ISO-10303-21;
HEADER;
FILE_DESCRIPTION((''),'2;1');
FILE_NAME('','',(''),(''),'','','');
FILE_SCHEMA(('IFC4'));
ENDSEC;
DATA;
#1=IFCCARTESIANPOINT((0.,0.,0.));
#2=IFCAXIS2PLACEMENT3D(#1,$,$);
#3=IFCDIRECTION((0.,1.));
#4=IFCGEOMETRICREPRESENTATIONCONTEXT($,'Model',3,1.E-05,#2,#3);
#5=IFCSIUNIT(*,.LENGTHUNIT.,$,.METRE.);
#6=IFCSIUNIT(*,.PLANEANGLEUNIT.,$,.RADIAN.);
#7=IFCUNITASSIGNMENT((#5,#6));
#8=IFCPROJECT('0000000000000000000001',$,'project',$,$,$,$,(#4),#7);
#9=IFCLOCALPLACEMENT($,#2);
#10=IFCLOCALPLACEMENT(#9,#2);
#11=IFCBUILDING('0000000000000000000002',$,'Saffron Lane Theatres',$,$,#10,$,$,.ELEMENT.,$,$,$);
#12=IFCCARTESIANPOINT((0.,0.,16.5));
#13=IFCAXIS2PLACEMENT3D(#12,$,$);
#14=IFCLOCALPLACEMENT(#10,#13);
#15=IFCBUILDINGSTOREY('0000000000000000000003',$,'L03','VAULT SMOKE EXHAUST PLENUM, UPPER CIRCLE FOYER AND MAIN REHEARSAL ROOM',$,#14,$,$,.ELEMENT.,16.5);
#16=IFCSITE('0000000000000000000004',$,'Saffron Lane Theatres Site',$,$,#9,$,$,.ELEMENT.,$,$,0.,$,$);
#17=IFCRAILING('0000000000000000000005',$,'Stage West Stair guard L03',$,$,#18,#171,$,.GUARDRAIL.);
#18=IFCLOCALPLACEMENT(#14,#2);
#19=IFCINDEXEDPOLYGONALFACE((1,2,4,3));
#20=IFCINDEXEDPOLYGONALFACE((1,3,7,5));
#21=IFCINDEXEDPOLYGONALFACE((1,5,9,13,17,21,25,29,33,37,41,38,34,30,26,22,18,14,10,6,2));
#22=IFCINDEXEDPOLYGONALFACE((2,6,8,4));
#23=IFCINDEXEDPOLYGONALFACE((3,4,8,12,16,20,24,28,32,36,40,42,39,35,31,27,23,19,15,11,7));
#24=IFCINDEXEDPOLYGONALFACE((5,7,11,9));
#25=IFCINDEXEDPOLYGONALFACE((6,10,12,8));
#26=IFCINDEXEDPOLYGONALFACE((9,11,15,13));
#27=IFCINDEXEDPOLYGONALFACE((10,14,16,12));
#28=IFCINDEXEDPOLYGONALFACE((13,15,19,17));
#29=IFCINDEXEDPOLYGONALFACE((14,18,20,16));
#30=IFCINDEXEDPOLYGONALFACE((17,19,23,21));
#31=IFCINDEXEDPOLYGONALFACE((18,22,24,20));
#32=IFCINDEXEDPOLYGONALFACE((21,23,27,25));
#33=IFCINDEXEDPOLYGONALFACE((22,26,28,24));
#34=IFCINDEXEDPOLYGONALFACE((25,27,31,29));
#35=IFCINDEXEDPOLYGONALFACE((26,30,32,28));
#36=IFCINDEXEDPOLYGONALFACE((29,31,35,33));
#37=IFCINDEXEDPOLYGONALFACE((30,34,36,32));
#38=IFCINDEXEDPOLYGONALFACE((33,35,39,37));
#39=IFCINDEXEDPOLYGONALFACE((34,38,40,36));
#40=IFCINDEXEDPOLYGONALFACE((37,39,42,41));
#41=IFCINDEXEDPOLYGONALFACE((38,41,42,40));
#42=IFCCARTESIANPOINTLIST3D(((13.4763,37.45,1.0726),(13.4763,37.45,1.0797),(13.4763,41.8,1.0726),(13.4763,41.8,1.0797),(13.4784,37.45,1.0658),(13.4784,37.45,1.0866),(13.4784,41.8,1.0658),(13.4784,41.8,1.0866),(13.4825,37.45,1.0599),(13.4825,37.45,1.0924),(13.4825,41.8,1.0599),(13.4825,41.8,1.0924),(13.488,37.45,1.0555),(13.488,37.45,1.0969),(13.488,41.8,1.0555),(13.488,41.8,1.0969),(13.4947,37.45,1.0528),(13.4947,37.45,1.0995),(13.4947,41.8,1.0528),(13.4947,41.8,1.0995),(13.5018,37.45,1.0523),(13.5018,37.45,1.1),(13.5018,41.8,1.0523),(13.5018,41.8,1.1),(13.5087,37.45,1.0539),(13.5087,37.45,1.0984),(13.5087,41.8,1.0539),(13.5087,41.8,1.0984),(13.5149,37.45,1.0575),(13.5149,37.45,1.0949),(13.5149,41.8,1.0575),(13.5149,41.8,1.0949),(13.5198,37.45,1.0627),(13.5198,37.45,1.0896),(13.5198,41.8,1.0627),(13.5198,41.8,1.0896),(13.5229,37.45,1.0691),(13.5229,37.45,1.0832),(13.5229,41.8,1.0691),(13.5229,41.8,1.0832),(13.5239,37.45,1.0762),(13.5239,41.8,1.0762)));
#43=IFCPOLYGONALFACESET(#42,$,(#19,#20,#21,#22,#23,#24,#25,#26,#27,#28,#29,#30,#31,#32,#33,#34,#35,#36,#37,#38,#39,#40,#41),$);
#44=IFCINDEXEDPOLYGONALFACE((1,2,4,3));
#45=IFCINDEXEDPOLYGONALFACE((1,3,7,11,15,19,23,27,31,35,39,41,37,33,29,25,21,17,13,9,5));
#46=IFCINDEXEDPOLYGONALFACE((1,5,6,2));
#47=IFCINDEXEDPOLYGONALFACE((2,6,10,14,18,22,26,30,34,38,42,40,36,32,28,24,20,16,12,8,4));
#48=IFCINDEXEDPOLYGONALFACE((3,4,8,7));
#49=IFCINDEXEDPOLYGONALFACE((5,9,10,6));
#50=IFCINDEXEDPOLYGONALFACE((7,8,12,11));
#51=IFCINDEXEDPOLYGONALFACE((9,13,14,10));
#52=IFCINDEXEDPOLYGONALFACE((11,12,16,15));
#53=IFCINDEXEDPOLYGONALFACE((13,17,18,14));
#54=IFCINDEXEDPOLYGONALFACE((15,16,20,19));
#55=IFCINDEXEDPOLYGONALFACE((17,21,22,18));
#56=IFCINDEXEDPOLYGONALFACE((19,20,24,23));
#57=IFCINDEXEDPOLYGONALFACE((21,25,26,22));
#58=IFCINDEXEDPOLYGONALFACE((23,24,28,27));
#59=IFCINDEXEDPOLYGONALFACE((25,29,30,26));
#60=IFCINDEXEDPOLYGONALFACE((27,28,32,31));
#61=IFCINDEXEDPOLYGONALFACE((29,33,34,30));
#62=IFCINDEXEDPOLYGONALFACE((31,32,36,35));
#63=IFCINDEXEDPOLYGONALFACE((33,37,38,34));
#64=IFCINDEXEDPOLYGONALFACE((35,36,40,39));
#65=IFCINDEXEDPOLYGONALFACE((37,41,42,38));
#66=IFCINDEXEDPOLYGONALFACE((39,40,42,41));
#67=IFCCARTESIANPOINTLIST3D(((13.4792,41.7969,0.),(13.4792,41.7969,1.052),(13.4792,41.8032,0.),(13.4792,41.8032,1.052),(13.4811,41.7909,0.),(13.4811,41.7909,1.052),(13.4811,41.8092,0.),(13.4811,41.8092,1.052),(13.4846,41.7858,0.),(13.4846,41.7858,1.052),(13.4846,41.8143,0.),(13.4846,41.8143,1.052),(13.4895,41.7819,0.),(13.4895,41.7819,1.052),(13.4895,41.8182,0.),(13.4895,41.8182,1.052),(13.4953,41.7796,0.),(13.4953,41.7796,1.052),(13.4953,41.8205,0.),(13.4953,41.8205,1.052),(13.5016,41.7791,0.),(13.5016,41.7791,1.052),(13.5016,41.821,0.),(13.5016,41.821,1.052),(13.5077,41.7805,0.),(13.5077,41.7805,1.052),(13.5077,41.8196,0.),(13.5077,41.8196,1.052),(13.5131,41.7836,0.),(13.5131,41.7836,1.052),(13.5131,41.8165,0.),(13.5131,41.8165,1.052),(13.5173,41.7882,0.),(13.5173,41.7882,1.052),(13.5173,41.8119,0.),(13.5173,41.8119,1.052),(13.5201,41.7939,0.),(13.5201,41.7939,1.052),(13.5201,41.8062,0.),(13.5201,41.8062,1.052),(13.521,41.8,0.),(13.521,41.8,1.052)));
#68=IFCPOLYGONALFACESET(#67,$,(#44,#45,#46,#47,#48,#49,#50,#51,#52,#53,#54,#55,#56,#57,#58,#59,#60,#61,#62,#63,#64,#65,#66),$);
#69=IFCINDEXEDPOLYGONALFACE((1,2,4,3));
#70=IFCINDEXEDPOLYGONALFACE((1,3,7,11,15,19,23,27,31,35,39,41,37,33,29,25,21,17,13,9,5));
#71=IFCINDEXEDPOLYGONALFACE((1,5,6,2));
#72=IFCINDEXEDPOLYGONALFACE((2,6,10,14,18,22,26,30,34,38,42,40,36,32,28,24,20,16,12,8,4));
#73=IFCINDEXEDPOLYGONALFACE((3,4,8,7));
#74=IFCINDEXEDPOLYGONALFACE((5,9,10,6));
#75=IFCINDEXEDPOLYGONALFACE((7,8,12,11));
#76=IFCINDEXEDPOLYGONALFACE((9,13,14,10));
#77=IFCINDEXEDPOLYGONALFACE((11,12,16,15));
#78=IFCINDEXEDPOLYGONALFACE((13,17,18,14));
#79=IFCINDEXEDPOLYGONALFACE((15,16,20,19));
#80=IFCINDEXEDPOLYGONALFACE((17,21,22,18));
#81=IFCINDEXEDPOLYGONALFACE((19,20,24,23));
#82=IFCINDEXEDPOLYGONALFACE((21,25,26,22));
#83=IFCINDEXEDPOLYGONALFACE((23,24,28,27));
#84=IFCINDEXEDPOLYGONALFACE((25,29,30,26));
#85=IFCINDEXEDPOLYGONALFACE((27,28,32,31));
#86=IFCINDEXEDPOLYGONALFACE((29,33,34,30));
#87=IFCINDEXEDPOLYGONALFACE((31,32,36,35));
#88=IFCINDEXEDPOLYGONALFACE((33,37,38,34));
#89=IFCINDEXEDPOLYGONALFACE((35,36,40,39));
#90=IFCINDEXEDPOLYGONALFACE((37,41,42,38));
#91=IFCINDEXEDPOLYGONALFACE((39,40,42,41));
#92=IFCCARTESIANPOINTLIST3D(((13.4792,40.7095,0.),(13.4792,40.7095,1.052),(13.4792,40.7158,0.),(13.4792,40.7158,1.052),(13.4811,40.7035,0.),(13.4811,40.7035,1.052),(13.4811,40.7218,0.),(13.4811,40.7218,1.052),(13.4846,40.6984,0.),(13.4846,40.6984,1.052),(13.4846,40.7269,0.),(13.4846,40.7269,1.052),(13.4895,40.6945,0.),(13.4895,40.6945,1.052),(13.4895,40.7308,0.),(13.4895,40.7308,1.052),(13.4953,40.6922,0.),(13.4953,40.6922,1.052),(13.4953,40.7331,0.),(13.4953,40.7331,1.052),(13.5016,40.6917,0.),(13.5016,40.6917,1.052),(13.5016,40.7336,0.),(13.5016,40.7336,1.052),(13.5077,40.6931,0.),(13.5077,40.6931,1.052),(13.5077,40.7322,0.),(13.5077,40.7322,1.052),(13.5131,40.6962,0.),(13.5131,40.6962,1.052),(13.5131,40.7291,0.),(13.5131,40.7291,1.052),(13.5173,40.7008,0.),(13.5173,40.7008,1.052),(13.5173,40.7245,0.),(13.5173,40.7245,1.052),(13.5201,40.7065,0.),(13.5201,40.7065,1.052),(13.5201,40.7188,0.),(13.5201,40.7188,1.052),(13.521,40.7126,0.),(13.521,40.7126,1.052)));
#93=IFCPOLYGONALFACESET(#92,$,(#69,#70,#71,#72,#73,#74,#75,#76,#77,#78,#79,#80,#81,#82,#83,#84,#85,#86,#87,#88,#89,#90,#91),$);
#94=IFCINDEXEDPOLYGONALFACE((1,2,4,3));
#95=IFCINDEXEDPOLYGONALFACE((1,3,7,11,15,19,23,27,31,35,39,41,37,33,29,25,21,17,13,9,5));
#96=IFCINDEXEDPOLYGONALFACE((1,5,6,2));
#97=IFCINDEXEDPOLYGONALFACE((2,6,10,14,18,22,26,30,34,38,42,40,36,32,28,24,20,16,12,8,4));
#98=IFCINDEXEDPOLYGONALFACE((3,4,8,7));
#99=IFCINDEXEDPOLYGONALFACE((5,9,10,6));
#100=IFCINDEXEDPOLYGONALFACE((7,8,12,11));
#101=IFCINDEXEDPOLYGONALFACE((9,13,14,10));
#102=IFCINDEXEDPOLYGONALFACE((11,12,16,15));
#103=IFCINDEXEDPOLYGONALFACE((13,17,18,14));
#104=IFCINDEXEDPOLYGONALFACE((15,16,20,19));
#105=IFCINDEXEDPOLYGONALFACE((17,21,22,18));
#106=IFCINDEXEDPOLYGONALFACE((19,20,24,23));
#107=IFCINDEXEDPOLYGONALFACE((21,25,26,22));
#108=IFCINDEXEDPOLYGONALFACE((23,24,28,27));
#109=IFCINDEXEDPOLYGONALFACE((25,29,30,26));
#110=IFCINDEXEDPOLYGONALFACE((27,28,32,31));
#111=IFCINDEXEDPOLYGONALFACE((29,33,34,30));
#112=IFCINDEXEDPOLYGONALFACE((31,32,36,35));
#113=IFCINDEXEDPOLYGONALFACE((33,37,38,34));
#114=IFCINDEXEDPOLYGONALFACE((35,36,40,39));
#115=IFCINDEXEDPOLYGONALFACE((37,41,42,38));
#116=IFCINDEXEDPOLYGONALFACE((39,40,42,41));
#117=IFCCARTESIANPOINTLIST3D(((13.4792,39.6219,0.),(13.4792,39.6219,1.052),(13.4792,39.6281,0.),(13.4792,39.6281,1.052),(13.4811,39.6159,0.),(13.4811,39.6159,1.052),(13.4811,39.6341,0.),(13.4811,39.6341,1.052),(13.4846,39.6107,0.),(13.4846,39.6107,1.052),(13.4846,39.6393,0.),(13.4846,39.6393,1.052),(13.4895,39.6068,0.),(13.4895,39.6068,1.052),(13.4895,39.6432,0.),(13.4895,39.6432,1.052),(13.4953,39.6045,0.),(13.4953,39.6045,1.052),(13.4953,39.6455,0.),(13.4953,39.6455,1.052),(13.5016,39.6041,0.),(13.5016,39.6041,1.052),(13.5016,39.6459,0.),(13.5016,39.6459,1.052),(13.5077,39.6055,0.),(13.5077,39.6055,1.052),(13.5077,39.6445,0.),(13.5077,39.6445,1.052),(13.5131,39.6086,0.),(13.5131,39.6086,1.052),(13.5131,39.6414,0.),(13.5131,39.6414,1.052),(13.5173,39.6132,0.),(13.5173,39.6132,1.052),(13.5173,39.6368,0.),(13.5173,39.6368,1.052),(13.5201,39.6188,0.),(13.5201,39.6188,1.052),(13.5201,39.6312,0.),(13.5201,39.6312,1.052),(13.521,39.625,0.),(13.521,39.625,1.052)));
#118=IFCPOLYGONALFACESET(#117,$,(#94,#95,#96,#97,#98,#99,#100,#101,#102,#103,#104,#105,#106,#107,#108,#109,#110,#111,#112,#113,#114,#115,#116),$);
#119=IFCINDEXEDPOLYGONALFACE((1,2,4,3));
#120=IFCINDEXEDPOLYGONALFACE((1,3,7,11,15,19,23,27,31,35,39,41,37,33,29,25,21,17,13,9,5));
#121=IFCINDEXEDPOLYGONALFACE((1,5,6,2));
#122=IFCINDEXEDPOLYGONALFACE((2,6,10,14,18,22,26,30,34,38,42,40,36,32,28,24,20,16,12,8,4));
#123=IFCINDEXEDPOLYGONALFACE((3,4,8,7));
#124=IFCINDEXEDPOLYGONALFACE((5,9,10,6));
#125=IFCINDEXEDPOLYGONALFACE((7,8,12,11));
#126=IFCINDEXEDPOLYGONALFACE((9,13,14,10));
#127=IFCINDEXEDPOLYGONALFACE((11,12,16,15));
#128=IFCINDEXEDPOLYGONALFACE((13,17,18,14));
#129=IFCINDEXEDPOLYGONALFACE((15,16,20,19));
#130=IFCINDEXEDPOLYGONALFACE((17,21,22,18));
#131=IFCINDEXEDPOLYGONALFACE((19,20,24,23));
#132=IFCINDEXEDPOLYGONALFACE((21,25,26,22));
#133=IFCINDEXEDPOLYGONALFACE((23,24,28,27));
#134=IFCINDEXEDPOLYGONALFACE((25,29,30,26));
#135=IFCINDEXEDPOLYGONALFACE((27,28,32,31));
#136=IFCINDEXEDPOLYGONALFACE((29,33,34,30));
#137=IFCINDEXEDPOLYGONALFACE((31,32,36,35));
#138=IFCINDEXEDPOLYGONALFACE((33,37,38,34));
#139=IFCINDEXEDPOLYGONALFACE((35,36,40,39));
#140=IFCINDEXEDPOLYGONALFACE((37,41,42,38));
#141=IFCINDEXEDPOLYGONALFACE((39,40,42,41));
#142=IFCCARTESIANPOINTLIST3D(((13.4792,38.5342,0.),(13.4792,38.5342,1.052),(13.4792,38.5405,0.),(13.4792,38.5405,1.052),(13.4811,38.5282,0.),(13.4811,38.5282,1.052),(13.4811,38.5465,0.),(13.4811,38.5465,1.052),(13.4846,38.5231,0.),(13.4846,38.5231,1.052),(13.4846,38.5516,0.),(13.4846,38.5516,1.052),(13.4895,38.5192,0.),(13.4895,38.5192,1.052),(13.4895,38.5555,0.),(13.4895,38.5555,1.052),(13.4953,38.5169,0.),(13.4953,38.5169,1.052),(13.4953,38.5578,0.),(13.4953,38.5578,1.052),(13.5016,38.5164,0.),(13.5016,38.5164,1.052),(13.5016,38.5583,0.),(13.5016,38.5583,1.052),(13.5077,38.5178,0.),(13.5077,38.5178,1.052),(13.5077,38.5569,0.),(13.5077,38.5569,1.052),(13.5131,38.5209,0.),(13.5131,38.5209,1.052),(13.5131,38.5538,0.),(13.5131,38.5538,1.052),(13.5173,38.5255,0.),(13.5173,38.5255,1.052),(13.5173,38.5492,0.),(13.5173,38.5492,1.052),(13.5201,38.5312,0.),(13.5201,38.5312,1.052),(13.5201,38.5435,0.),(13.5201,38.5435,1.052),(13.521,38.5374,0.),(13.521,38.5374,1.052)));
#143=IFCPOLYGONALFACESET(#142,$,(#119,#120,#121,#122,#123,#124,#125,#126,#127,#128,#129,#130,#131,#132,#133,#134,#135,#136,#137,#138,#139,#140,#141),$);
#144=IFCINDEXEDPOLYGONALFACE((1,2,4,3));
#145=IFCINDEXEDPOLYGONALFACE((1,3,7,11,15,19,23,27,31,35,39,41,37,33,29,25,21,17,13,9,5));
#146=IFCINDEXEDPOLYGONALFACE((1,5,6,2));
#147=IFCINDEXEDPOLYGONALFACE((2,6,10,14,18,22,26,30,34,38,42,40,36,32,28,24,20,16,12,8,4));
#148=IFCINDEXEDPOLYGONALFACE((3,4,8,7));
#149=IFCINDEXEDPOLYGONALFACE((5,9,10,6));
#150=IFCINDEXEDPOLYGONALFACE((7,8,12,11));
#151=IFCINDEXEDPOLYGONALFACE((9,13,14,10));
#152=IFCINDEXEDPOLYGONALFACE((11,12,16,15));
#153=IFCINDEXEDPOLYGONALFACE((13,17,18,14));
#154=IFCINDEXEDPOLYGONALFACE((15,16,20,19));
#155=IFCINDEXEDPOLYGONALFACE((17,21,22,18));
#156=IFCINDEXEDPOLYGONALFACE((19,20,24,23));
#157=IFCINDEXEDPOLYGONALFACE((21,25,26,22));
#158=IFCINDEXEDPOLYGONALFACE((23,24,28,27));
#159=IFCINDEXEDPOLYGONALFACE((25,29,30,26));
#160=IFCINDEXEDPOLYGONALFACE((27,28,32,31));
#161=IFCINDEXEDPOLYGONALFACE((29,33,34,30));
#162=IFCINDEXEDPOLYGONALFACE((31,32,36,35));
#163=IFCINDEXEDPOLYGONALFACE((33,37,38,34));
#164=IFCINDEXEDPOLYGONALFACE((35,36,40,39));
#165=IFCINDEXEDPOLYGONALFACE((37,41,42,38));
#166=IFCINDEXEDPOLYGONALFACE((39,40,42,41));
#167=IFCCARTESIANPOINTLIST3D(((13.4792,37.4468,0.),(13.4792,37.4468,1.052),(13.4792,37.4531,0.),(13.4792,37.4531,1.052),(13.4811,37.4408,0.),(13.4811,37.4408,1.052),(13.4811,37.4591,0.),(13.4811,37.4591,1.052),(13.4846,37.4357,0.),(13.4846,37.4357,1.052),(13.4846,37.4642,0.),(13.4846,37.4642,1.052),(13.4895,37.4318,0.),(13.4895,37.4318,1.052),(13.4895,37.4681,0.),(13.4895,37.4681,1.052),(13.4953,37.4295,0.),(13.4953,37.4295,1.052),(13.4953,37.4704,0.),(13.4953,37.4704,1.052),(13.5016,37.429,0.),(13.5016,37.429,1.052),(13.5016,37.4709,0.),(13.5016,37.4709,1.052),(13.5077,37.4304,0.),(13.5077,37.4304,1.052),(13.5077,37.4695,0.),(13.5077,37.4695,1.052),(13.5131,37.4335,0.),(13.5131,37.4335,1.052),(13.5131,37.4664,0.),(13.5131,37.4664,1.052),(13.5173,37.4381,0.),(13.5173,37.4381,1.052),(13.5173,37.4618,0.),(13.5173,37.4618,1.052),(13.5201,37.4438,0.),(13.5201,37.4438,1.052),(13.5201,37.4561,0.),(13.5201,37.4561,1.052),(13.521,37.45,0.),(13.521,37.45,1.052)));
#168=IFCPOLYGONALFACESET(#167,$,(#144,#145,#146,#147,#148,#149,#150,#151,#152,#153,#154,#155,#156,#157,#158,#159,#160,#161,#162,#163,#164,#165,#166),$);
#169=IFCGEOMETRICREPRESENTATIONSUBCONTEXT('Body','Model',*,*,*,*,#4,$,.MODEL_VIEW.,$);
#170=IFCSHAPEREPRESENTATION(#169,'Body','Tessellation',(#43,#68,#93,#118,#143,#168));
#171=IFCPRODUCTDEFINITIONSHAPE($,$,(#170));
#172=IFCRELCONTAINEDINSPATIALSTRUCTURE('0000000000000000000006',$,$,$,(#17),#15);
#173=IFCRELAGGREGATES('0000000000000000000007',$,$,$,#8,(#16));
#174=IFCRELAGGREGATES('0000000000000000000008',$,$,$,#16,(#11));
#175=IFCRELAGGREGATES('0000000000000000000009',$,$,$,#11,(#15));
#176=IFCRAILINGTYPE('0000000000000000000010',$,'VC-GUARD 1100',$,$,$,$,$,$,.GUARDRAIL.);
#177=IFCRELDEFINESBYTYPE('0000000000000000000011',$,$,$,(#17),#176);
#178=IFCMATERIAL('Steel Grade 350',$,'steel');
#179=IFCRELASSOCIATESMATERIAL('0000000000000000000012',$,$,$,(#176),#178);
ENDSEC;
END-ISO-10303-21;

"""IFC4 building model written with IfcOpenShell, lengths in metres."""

from ifc_helpers import new_model, si_unit, direction, frame, origin, origin_2d, place, context, subcontext, project, spatial, circle, extrude, material, type_object, element, save


model = new_model("IFC4")

# Units and contexts
model_context = context("Model", 3, precision=1e-05, world=origin(), true_north=direction((0.0, 1.0)))
body_context = subcontext(model_context, "Body", "Model", "MODEL_VIEW")
ifc_project = project(units=[si_unit("LENGTHUNIT", "METRE"), si_unit("PLANEANGLEUNIT", "RADIAN")], contexts=[model_context])

# Site, building, storey
site_placement = place(None, origin())
site = spatial("IfcSite", under=ifc_project, at=site_placement, Name="Saffron Lane Theatres Site", CompositionType="ELEMENT", RefElevation=0.0)
building_placement = place(site_placement, origin())
building = spatial("IfcBuilding", under=site, at=building_placement, Name="Saffron Lane Theatres", CompositionType="ELEMENT")
storey_placement = place(building_placement, frame((0.0, 0.0, 16.5)))
storey = spatial("IfcBuildingStorey", under=building, at=storey_placement, Name="L03", Description="VAULT SMOKE EXHAUST PLENUM, UPPER CIRCLE FOYER AND MAIN REHEARSAL ROOM", CompositionType="ELEMENT", Elevation=16.5)

# Railing
ifc_material_1 = material(Name="Steel Grade 350", Category="steel")
railing_type = type_object("IfcRailingType", Name="VC-GUARD 1100", PredefinedType="GUARDRAIL", material=ifc_material_1)
railing_placement = place(storey_placement, frame((13.5, 41.8, 0.0)))
element("IfcRailing", 1, at=railing_placement, inside=storey, type_object=railing_type, Name="Stage West Stair guard L03", PredefinedType="GUARDRAIL", context=body_context, shape_type="SweptSolid", body=[
    extrude(circle(Radius=0.0239, at=origin_2d()), frame((0.0, 0.0, 1.0762), z_axis=(0.0, -1.0, 0.0), x_axis=(1.0, 0.0, 0.0)), (0.0, 0.0, 1.0), 4.3501),
    extrude(circle(Radius=0.021, at=origin_2d()), origin(), (0.0, 0.0, 1.0), 1.052),
    extrude(circle(Radius=0.021, at=origin_2d()), frame((0.0, -1.0874, 0.0)), (0.0, 0.0, 1.0), 1.052),
    extrude(circle(Radius=0.021, at=origin_2d()), frame((0.0, -2.175, 0.0)), (0.0, 0.0, 1.0), 1.052),
    extrude(circle(Radius=0.021, at=origin_2d()), frame((0.0, -3.2627, 0.0)), (0.0, 0.0, 1.0), 1.052),
    extrude(circle(Radius=0.021, at=origin_2d()), frame((0.0, -4.3501, 0.0)), (0.0, 0.0, 1.0), 1.052),
])

save(model, "model.ifc")
